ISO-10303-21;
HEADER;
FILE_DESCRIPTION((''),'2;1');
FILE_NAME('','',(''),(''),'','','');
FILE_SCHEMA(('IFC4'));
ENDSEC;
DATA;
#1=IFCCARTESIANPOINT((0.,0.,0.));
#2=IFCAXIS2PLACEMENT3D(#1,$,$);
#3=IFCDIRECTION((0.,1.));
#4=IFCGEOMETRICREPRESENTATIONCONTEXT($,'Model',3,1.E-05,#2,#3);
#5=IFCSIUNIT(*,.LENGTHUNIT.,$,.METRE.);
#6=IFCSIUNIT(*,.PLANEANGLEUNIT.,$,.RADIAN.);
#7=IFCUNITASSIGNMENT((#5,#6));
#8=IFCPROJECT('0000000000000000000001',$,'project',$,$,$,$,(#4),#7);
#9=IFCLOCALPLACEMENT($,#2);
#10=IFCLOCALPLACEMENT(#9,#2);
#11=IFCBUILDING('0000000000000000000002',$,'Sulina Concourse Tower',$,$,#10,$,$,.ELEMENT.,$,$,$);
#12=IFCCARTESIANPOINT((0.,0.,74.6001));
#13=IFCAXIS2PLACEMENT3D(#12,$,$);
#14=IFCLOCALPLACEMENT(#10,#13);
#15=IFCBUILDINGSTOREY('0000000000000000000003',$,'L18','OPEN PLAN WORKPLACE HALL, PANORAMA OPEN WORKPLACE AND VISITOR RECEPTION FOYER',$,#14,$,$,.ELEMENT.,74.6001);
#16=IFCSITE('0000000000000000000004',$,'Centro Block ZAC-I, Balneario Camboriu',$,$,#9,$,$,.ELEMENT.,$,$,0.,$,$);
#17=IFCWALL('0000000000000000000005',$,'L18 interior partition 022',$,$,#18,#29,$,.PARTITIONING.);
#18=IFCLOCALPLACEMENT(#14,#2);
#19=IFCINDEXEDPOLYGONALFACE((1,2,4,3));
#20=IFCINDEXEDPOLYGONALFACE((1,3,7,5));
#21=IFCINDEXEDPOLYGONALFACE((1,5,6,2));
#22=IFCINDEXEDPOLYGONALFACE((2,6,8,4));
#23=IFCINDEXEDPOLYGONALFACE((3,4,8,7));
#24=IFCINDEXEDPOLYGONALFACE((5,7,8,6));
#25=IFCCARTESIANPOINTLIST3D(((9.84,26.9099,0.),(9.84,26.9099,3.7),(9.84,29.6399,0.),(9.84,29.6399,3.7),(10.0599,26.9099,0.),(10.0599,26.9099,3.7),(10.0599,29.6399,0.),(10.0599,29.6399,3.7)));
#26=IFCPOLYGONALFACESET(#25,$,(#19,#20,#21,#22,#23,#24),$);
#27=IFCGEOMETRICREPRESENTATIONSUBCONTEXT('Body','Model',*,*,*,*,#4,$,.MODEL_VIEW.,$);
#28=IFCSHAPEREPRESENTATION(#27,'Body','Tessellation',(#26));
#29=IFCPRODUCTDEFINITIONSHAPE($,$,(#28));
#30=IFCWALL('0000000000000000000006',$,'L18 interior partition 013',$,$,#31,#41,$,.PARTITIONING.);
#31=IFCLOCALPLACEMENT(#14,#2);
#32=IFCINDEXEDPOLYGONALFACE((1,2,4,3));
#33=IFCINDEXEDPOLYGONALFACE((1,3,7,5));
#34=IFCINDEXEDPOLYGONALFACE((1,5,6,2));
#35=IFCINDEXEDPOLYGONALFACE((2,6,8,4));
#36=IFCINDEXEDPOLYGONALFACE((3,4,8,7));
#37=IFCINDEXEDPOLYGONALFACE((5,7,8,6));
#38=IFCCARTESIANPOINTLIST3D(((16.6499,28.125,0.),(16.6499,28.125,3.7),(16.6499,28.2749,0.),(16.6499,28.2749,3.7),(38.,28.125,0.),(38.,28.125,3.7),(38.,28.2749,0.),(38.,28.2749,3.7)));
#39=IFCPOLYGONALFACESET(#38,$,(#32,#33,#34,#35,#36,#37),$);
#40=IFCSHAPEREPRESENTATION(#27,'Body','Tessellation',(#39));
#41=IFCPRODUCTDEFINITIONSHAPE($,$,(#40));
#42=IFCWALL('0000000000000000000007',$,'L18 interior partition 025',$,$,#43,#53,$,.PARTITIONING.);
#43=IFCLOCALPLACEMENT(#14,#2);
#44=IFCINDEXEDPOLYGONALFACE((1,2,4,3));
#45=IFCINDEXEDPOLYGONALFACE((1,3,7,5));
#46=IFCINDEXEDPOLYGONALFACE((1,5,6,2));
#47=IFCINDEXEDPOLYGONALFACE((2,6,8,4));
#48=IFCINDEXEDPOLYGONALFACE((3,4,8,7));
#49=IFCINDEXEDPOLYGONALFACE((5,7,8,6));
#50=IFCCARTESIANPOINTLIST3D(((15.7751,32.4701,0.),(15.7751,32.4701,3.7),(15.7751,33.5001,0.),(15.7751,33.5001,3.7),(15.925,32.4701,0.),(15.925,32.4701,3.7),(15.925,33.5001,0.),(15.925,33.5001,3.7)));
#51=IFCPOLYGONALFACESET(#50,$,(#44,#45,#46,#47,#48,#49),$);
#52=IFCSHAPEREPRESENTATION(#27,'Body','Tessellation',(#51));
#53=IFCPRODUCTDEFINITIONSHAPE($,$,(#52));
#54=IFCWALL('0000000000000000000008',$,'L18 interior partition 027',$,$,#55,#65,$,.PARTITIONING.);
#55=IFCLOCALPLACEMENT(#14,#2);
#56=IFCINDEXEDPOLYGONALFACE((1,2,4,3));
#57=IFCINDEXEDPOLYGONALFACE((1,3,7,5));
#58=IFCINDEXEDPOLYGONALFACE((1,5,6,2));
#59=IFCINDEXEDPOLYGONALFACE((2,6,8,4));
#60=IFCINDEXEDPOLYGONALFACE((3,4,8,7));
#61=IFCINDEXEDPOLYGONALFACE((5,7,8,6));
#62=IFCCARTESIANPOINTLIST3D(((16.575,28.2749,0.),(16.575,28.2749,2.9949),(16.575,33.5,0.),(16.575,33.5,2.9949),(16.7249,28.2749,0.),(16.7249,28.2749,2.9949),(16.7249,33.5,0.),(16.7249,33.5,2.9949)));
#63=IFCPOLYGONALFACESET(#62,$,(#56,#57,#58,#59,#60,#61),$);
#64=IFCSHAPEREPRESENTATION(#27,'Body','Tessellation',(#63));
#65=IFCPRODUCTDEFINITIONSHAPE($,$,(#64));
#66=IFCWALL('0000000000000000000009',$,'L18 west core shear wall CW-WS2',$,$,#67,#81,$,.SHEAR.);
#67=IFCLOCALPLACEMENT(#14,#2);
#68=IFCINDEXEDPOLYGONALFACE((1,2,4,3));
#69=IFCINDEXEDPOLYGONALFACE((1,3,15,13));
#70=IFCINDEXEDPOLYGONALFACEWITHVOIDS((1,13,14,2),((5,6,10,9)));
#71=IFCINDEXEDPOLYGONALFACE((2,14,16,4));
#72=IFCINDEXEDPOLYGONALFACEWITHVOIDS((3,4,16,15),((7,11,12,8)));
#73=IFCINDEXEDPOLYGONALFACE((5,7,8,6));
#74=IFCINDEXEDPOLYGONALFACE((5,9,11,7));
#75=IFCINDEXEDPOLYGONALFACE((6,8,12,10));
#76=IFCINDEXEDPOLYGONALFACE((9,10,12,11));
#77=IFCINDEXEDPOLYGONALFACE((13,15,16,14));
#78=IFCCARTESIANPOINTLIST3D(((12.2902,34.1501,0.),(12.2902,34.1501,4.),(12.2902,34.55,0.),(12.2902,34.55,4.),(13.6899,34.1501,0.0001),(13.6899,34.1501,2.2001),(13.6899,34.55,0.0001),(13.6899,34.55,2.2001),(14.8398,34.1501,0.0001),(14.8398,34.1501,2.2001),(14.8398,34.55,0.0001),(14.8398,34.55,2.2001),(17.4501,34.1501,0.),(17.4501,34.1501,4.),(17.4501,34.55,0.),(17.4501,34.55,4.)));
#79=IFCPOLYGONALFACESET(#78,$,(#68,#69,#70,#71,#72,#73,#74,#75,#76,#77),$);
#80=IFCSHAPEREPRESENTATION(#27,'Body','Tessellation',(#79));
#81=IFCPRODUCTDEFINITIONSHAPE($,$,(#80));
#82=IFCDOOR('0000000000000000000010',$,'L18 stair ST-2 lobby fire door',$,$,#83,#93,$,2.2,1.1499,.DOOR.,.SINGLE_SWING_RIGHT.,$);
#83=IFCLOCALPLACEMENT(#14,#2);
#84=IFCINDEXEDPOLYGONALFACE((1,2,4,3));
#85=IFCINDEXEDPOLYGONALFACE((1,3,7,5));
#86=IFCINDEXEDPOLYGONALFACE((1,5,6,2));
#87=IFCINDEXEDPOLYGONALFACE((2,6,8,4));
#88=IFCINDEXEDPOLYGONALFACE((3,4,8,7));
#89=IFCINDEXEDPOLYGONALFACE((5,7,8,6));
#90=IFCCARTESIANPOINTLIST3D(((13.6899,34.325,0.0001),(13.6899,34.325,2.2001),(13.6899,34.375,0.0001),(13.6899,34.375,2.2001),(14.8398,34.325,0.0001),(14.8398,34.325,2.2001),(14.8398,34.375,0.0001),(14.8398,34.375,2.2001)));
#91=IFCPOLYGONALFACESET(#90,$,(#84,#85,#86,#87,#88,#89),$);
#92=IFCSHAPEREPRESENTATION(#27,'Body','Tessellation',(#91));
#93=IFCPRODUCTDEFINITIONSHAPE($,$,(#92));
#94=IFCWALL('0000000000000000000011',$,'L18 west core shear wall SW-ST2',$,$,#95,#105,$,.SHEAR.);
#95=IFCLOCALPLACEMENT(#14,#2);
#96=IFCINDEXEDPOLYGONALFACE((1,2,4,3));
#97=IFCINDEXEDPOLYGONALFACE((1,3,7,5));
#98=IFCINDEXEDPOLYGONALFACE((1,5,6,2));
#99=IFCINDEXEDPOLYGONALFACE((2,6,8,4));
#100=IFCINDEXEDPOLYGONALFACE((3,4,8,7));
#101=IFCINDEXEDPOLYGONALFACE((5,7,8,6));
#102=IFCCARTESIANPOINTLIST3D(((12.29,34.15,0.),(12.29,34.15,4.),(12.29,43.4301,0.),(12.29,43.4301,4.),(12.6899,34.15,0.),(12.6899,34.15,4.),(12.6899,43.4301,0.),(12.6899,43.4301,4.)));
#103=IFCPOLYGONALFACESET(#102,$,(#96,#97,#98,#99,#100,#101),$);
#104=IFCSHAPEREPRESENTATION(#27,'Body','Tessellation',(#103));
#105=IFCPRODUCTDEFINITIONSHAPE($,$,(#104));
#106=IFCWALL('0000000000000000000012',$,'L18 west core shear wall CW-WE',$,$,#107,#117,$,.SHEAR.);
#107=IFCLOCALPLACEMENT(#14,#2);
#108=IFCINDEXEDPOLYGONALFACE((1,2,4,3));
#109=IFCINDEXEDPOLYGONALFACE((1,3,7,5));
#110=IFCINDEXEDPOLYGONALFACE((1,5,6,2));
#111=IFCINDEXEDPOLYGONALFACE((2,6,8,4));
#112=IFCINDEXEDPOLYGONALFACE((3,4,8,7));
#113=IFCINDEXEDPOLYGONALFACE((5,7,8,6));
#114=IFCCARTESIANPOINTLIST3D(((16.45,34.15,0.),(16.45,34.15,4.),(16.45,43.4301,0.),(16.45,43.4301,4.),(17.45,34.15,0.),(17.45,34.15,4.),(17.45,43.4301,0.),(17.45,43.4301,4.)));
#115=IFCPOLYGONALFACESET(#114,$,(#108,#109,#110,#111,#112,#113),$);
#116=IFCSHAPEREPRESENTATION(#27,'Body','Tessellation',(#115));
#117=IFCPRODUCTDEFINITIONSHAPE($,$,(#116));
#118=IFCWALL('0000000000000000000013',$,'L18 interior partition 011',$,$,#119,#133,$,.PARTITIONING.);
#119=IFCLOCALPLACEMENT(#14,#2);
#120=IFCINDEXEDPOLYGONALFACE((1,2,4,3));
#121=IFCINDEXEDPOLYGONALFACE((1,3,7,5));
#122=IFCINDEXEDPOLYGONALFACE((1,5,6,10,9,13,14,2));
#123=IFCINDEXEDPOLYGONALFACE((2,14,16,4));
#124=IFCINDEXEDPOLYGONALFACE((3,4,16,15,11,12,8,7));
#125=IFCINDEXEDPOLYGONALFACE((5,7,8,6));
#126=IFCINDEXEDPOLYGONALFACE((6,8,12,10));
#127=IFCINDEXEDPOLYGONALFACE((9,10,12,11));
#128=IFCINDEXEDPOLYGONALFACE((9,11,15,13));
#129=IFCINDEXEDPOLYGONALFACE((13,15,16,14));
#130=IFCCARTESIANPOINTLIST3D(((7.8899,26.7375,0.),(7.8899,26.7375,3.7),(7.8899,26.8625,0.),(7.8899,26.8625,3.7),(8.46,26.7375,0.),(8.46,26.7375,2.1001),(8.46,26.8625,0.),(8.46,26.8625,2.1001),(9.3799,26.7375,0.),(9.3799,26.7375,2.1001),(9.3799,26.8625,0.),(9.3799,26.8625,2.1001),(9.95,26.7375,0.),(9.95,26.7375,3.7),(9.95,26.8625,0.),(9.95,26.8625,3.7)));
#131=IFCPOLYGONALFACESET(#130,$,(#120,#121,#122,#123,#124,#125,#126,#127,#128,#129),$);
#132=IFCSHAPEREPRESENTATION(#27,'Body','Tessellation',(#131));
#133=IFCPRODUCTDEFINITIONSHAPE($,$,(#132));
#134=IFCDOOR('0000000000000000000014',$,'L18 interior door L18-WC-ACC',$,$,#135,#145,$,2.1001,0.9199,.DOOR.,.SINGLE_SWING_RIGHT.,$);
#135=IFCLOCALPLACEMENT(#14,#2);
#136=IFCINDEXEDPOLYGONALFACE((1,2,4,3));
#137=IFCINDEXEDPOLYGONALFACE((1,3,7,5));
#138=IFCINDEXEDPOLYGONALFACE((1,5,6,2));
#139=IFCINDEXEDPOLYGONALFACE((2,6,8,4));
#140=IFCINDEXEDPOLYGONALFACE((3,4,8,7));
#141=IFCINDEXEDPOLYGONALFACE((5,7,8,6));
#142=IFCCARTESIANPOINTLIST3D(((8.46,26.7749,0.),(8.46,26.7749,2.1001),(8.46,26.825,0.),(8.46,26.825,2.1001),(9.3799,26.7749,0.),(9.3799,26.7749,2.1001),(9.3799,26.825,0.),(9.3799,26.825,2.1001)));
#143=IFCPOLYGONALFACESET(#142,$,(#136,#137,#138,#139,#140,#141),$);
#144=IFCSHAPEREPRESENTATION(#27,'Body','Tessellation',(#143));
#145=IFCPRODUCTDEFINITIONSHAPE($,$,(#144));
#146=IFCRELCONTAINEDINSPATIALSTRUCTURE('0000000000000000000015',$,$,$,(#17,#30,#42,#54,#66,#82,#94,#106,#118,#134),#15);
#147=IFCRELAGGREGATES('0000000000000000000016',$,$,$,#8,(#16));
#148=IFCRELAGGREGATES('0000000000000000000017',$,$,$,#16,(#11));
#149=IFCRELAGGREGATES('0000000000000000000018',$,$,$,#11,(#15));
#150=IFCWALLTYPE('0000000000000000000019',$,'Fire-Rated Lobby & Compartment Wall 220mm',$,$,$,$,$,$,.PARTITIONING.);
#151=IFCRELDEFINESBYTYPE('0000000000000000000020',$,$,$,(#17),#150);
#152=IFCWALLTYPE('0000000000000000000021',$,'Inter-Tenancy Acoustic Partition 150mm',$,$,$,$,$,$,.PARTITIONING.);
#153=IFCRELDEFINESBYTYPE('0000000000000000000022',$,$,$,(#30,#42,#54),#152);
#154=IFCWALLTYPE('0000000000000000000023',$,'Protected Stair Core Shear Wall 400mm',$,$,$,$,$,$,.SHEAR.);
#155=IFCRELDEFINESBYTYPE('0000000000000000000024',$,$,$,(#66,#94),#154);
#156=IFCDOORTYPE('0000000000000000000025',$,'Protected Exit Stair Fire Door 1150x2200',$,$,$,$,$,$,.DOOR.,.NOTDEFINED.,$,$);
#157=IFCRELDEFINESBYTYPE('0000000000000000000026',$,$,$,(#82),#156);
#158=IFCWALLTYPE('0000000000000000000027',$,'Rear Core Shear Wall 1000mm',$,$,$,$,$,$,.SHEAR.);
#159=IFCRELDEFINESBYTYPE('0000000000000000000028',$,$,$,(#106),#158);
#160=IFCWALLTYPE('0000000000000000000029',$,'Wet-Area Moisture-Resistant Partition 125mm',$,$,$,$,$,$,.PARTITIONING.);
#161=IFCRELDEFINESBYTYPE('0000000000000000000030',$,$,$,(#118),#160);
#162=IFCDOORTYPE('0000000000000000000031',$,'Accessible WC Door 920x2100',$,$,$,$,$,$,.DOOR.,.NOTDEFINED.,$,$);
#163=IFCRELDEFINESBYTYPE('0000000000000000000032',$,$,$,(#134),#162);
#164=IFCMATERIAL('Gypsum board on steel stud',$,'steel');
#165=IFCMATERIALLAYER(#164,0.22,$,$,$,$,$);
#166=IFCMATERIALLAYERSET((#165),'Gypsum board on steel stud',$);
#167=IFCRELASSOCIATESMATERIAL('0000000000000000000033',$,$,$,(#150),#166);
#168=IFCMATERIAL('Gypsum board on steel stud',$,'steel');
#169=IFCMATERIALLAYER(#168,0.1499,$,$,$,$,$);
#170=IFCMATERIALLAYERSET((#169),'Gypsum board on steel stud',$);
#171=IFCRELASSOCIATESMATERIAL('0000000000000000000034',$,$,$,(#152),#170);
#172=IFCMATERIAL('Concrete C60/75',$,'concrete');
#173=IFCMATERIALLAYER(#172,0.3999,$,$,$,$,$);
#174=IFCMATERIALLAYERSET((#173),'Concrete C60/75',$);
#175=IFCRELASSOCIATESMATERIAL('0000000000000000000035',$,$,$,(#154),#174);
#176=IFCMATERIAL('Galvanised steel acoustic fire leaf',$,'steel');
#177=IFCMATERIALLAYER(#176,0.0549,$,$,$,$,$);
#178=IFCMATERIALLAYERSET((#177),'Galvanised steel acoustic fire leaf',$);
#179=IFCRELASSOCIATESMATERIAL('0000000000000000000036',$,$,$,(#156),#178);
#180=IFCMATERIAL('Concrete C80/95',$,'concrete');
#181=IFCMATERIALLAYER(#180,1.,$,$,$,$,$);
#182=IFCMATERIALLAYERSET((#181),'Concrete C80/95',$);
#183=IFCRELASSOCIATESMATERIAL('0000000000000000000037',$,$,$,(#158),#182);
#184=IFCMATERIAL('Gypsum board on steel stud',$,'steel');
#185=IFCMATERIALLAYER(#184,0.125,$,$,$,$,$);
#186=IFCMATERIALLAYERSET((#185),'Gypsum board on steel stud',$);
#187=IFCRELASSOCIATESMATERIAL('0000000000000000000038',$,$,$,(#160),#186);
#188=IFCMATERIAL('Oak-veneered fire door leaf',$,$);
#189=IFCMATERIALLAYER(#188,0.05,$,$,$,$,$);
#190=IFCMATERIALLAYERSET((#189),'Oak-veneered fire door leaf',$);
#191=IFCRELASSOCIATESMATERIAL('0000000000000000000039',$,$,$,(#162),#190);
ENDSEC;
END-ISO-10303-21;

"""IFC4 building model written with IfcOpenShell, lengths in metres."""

from ifc_helpers import new_model, si_unit, direction, frame, frame_2d, origin, place, context, subcontext, project, spatial, rectangle, extrude, material, layer, layer_set, type_object, element, fill, save


model = new_model("IFC4")

# Units and contexts
model_context = context("Model", 3, precision=1e-05, world=origin(), true_north=direction((0.0, 1.0)))
body_context = subcontext(model_context, "Body", "Model", "MODEL_VIEW")
ifc_project = project(units=[si_unit("LENGTHUNIT", "METRE"), si_unit("PLANEANGLEUNIT", "RADIAN")], contexts=[model_context])

# Site, building, storey
site_placement = place(None, origin())
site = spatial("IfcSite", under=ifc_project, at=site_placement, Name="Centro Block ZAC-I, Balneario Camboriu", CompositionType="ELEMENT", RefElevation=0.0)
building_placement = place(site_placement, origin())
building = spatial("IfcBuilding", under=site, at=building_placement, Name="Sulina Concourse Tower", CompositionType="ELEMENT")
storey_placement = place(building_placement, frame((0.0, 0.0, 74.6001)))
storey = spatial("IfcBuildingStorey", under=building, at=storey_placement, Name="L18", Description="OPEN PLAN WORKPLACE HALL, PANORAMA OPEN WORKPLACE AND VISITOR RECEPTION FOYER", CompositionType="ELEMENT", Elevation=74.6001)

# Shared definitions
ifc_material_1 = material(Name="Gypsum board on steel stud", Category="steel")
ifc_layer_1 = layer(ifc_material_1, 0.22)
ifc_layer_set_1 = layer_set([ifc_layer_1], Name="Gypsum board on steel stud")
wall_type_1 = type_object("IfcWallType", Name="Fire-Rated Lobby & Compartment Wall 220mm", PredefinedType="PARTITIONING", material=ifc_layer_set_1)

# Walls
wall_1_placement = place(storey_placement, frame((9.95, 26.9099, 0.0), z_axis=(0.0, 0.0, 1.0), x_axis=(0.0, 1.0, 0.0)))
element("IfcWall", 1, at=wall_1_placement, inside=storey, type_object=wall_type_1, Name="L18 interior partition 022", PredefinedType="PARTITIONING", context=body_context, shape_type="SweptSolid", body=[
    extrude(rectangle(XDim=2.73, YDim=0.22, at=frame_2d((1.365, 0.0))), origin(), (0.0, 0.0, 1.0), 3.7),
])
ifc_material_2 = material(Name="Gypsum board on steel stud", Category="steel")
ifc_layer_2 = layer(ifc_material_2, 0.1499)
ifc_layer_set_2 = layer_set([ifc_layer_2], Name="Gypsum board on steel stud")
wall_type_2 = type_object("IfcWallType", Name="Inter-Tenancy Acoustic Partition 150mm", PredefinedType="PARTITIONING", material=ifc_layer_set_2)
wall_2_placement = place(storey_placement, frame((16.6499, 28.2, 0.0), z_axis=(0.0, 0.0, 1.0), x_axis=(1.0, 0.0, 0.0)))
element("IfcWall", 2, at=wall_2_placement, inside=storey, type_object=wall_type_2, Name="L18 interior partition 013", PredefinedType="PARTITIONING", context=body_context, shape_type="SweptSolid", body=[
    extrude(rectangle(XDim=21.3501, YDim=0.1499, at=frame_2d((10.675, 0.0))), origin(), (0.0, 0.0, 1.0), 3.7),
])
wall_3_placement = place(storey_placement, frame((15.8501, 32.47, 0.0), z_axis=(0.0, 0.0, 1.0), x_axis=(0.0, 1.0, 0.0)))
element("IfcWall", 3, at=wall_3_placement, inside=storey, type_object=wall_type_2, Name="L18 interior partition 025", PredefinedType="PARTITIONING", context=body_context, shape_type="SweptSolid", body=[
    extrude(rectangle(XDim=1.03, YDim=0.1499, at=frame_2d((0.5151, 0.0))), origin(), (0.0, 0.0, 1.0), 3.7),
])
wall_4_placement = place(storey_placement, frame((16.6499, 28.2749, 0.0), z_axis=(0.0, 0.0, 1.0), x_axis=(0.0, 1.0, 0.0)))
element("IfcWall", 4, at=wall_4_placement, inside=storey, type_object=wall_type_2, Name="L18 interior partition 027", PredefinedType="PARTITIONING", context=body_context, shape_type="SweptSolid", body=[
    extrude(rectangle(XDim=5.2251, YDim=0.1499, at=frame_2d((2.6125, 0.0))), origin(), (0.0, 0.0, 1.0), 2.9949),
])

# Wall, opening, door
ifc_material_3 = material(Name="Concrete C60/75", Category="concrete")
ifc_layer_3 = layer(ifc_material_3, 0.3999)
ifc_layer_set_3 = layer_set([ifc_layer_3], Name="Concrete C60/75")
wall_type_3 = type_object("IfcWallType", Name="Protected Stair Core Shear Wall 400mm", PredefinedType="SHEAR", material=ifc_layer_set_3)
wall_5_placement = place(storey_placement, frame((12.29, 34.3501, 0.0), z_axis=(0.0, 0.0, 1.0), x_axis=(1.0, 0.0, 0.0)))
wall_5 = element("IfcWall", 5, at=wall_5_placement, inside=storey, type_object=wall_type_3, Name="L18 west core shear wall CW-WS2", PredefinedType="SHEAR", context=body_context, shape_type="SweptSolid", body=[
    extrude(rectangle(XDim=5.1599, YDim=0.3999, at=frame_2d((2.5801, 0.0))), origin(), (0.0, 0.0, 1.0), 4.0),
])
opening_1_placement = place(wall_5_placement, frame((1.3999, 0.0, 0.0)))
opening_1 = element("IfcOpeningElement", 6, at=opening_1_placement, cuts=wall_5, PredefinedType="OPENING", context=body_context, shape_type="SweptSolid", body=[
    extrude(rectangle(XDim=1.1499, YDim=2.2, at=frame_2d((0.575, 1.1001))), frame((0.0, 0.21, 0.0), z_axis=(0.0, -1.0, 0.0), x_axis=(1.0, 0.0, 0.0)), (0.0, 0.0, 1.0), 0.4199),
])
ifc_material_4 = material(Name="Galvanised steel acoustic fire leaf", Category="steel")
ifc_layer_4 = layer(ifc_material_4, 0.0549)
ifc_layer_set_4 = layer_set([ifc_layer_4], Name="Galvanised steel acoustic fire leaf")
door_type_1 = type_object("IfcDoorType", Name="Protected Exit Stair Fire Door 1150x2200", OperationType="NOTDEFINED", PredefinedType="DOOR", material=ifc_layer_set_4)
door_1_placement = place(opening_1_placement, origin())
door_1 = element("IfcDoor", 7, at=door_1_placement, inside=storey, type_object=door_type_1, Name="L18 stair ST-2 lobby fire door", OperationType="SINGLE_SWING_RIGHT", OverallHeight=2.2, OverallWidth=1.1499, PredefinedType="DOOR", context=body_context, shape_type="SweptSolid", body=[
    extrude(rectangle(XDim=1.1499, YDim=2.2, at=frame_2d((0.575, 1.1001))), frame((0.0, 0.0249, 0.0), z_axis=(0.0, -1.0, 0.0), x_axis=(1.0, 0.0, 0.0)), (0.0, 0.0, 1.0), 0.05),
])
fill(opening_1, door_1)

# Walls
wall_6_placement = place(storey_placement, frame((12.49, 34.1499, 0.0), z_axis=(0.0, 0.0, 1.0), x_axis=(0.0, 1.0, 0.0)))
element("IfcWall", 8, at=wall_6_placement, inside=storey, type_object=wall_type_3, Name="L18 west core shear wall SW-ST2", PredefinedType="SHEAR", context=body_context, shape_type="SweptSolid", body=[
    extrude(rectangle(XDim=9.28, YDim=0.3999, at=frame_2d((4.6401, 0.0))), origin(), (0.0, 0.0, 1.0), 4.0),
])
ifc_material_5 = material(Name="Concrete C80/95", Category="concrete")
ifc_layer_5 = layer(ifc_material_5, 1.0)
ifc_layer_set_5 = layer_set([ifc_layer_5], Name="Concrete C80/95")
wall_type_4 = type_object("IfcWallType", Name="Rear Core Shear Wall 1000mm", PredefinedType="SHEAR", material=ifc_layer_set_5)
wall_7_placement = place(storey_placement, frame((16.95, 34.1499, 0.0), z_axis=(0.0, 0.0, 1.0), x_axis=(0.0, 1.0, 0.0)))
element("IfcWall", 9, at=wall_7_placement, inside=storey, type_object=wall_type_4, Name="L18 west core shear wall CW-WE", PredefinedType="SHEAR", context=body_context, shape_type="SweptSolid", body=[
    extrude(rectangle(XDim=9.28, YDim=1.0, at=frame_2d((4.6401, 0.0))), origin(), (0.0, 0.0, 1.0), 4.0),
])

# Wall, opening, door
ifc_material_6 = material(Name="Gypsum board on steel stud", Category="steel")
ifc_layer_6 = layer(ifc_material_6, 0.125)
ifc_layer_set_6 = layer_set([ifc_layer_6], Name="Gypsum board on steel stud")
wall_type_5 = type_object("IfcWallType", Name="Wet-Area Moisture-Resistant Partition 125mm", PredefinedType="PARTITIONING", material=ifc_layer_set_6)
wall_8_placement = place(storey_placement, frame((7.8899, 26.8, 0.0), z_axis=(0.0, 0.0, 1.0), x_axis=(1.0, 0.0, 0.0)))
wall_8 = element("IfcWall", 10, at=wall_8_placement, inside=storey, type_object=wall_type_5, Name="L18 interior partition 011", PredefinedType="PARTITIONING", context=body_context, shape_type="SweptSolid", body=[
    extrude(rectangle(XDim=2.0601, YDim=0.125, at=frame_2d((1.03, 0.0))), origin(), (0.0, 0.0, 1.0), 3.7),
])
opening_2_placement = place(wall_8_placement, frame((0.5701, 0.0, 0.0)))
opening_2 = element("IfcOpeningElement", 11, at=opening_2_placement, cuts=wall_8, PredefinedType="OPENING", context=body_context, shape_type="SweptSolid", body=[
    extrude(rectangle(XDim=0.9199, YDim=2.1001, at=frame_2d((0.46, 1.05))), frame((0.0, 0.0725, 0.0), z_axis=(0.0, -1.0, 0.0), x_axis=(1.0, 0.0, 0.0)), (0.0, 0.0, 1.0), 0.145),
])
ifc_material_7 = material(Name="Oak-veneered fire door leaf")
ifc_layer_7 = layer(ifc_material_7, 0.05)
ifc_layer_set_7 = layer_set([ifc_layer_7], Name="Oak-veneered fire door leaf")
door_type_2 = type_object("IfcDoorType", Name="Accessible WC Door 920x2100", OperationType="NOTDEFINED", PredefinedType="DOOR", material=ifc_layer_set_7)
door_2_placement = place(opening_2_placement, origin())
door_2 = element("IfcDoor", 12, at=door_2_placement, inside=storey, type_object=door_type_2, Name="L18 interior door L18-WC-ACC", OperationType="SINGLE_SWING_RIGHT", OverallHeight=2.1001, OverallWidth=0.9199, PredefinedType="DOOR", context=body_context, shape_type="SweptSolid", body=[
    extrude(rectangle(XDim=0.9199, YDim=2.1001, at=frame_2d((0.46, 1.05))), frame((0.0, 0.0249, 0.0), z_axis=(0.0, -1.0, 0.0), x_axis=(1.0, 0.0, 0.0)), (0.0, 0.0, 1.0), 0.05),
])
fill(opening_2, door_2)

save(model, "model.ifc")
